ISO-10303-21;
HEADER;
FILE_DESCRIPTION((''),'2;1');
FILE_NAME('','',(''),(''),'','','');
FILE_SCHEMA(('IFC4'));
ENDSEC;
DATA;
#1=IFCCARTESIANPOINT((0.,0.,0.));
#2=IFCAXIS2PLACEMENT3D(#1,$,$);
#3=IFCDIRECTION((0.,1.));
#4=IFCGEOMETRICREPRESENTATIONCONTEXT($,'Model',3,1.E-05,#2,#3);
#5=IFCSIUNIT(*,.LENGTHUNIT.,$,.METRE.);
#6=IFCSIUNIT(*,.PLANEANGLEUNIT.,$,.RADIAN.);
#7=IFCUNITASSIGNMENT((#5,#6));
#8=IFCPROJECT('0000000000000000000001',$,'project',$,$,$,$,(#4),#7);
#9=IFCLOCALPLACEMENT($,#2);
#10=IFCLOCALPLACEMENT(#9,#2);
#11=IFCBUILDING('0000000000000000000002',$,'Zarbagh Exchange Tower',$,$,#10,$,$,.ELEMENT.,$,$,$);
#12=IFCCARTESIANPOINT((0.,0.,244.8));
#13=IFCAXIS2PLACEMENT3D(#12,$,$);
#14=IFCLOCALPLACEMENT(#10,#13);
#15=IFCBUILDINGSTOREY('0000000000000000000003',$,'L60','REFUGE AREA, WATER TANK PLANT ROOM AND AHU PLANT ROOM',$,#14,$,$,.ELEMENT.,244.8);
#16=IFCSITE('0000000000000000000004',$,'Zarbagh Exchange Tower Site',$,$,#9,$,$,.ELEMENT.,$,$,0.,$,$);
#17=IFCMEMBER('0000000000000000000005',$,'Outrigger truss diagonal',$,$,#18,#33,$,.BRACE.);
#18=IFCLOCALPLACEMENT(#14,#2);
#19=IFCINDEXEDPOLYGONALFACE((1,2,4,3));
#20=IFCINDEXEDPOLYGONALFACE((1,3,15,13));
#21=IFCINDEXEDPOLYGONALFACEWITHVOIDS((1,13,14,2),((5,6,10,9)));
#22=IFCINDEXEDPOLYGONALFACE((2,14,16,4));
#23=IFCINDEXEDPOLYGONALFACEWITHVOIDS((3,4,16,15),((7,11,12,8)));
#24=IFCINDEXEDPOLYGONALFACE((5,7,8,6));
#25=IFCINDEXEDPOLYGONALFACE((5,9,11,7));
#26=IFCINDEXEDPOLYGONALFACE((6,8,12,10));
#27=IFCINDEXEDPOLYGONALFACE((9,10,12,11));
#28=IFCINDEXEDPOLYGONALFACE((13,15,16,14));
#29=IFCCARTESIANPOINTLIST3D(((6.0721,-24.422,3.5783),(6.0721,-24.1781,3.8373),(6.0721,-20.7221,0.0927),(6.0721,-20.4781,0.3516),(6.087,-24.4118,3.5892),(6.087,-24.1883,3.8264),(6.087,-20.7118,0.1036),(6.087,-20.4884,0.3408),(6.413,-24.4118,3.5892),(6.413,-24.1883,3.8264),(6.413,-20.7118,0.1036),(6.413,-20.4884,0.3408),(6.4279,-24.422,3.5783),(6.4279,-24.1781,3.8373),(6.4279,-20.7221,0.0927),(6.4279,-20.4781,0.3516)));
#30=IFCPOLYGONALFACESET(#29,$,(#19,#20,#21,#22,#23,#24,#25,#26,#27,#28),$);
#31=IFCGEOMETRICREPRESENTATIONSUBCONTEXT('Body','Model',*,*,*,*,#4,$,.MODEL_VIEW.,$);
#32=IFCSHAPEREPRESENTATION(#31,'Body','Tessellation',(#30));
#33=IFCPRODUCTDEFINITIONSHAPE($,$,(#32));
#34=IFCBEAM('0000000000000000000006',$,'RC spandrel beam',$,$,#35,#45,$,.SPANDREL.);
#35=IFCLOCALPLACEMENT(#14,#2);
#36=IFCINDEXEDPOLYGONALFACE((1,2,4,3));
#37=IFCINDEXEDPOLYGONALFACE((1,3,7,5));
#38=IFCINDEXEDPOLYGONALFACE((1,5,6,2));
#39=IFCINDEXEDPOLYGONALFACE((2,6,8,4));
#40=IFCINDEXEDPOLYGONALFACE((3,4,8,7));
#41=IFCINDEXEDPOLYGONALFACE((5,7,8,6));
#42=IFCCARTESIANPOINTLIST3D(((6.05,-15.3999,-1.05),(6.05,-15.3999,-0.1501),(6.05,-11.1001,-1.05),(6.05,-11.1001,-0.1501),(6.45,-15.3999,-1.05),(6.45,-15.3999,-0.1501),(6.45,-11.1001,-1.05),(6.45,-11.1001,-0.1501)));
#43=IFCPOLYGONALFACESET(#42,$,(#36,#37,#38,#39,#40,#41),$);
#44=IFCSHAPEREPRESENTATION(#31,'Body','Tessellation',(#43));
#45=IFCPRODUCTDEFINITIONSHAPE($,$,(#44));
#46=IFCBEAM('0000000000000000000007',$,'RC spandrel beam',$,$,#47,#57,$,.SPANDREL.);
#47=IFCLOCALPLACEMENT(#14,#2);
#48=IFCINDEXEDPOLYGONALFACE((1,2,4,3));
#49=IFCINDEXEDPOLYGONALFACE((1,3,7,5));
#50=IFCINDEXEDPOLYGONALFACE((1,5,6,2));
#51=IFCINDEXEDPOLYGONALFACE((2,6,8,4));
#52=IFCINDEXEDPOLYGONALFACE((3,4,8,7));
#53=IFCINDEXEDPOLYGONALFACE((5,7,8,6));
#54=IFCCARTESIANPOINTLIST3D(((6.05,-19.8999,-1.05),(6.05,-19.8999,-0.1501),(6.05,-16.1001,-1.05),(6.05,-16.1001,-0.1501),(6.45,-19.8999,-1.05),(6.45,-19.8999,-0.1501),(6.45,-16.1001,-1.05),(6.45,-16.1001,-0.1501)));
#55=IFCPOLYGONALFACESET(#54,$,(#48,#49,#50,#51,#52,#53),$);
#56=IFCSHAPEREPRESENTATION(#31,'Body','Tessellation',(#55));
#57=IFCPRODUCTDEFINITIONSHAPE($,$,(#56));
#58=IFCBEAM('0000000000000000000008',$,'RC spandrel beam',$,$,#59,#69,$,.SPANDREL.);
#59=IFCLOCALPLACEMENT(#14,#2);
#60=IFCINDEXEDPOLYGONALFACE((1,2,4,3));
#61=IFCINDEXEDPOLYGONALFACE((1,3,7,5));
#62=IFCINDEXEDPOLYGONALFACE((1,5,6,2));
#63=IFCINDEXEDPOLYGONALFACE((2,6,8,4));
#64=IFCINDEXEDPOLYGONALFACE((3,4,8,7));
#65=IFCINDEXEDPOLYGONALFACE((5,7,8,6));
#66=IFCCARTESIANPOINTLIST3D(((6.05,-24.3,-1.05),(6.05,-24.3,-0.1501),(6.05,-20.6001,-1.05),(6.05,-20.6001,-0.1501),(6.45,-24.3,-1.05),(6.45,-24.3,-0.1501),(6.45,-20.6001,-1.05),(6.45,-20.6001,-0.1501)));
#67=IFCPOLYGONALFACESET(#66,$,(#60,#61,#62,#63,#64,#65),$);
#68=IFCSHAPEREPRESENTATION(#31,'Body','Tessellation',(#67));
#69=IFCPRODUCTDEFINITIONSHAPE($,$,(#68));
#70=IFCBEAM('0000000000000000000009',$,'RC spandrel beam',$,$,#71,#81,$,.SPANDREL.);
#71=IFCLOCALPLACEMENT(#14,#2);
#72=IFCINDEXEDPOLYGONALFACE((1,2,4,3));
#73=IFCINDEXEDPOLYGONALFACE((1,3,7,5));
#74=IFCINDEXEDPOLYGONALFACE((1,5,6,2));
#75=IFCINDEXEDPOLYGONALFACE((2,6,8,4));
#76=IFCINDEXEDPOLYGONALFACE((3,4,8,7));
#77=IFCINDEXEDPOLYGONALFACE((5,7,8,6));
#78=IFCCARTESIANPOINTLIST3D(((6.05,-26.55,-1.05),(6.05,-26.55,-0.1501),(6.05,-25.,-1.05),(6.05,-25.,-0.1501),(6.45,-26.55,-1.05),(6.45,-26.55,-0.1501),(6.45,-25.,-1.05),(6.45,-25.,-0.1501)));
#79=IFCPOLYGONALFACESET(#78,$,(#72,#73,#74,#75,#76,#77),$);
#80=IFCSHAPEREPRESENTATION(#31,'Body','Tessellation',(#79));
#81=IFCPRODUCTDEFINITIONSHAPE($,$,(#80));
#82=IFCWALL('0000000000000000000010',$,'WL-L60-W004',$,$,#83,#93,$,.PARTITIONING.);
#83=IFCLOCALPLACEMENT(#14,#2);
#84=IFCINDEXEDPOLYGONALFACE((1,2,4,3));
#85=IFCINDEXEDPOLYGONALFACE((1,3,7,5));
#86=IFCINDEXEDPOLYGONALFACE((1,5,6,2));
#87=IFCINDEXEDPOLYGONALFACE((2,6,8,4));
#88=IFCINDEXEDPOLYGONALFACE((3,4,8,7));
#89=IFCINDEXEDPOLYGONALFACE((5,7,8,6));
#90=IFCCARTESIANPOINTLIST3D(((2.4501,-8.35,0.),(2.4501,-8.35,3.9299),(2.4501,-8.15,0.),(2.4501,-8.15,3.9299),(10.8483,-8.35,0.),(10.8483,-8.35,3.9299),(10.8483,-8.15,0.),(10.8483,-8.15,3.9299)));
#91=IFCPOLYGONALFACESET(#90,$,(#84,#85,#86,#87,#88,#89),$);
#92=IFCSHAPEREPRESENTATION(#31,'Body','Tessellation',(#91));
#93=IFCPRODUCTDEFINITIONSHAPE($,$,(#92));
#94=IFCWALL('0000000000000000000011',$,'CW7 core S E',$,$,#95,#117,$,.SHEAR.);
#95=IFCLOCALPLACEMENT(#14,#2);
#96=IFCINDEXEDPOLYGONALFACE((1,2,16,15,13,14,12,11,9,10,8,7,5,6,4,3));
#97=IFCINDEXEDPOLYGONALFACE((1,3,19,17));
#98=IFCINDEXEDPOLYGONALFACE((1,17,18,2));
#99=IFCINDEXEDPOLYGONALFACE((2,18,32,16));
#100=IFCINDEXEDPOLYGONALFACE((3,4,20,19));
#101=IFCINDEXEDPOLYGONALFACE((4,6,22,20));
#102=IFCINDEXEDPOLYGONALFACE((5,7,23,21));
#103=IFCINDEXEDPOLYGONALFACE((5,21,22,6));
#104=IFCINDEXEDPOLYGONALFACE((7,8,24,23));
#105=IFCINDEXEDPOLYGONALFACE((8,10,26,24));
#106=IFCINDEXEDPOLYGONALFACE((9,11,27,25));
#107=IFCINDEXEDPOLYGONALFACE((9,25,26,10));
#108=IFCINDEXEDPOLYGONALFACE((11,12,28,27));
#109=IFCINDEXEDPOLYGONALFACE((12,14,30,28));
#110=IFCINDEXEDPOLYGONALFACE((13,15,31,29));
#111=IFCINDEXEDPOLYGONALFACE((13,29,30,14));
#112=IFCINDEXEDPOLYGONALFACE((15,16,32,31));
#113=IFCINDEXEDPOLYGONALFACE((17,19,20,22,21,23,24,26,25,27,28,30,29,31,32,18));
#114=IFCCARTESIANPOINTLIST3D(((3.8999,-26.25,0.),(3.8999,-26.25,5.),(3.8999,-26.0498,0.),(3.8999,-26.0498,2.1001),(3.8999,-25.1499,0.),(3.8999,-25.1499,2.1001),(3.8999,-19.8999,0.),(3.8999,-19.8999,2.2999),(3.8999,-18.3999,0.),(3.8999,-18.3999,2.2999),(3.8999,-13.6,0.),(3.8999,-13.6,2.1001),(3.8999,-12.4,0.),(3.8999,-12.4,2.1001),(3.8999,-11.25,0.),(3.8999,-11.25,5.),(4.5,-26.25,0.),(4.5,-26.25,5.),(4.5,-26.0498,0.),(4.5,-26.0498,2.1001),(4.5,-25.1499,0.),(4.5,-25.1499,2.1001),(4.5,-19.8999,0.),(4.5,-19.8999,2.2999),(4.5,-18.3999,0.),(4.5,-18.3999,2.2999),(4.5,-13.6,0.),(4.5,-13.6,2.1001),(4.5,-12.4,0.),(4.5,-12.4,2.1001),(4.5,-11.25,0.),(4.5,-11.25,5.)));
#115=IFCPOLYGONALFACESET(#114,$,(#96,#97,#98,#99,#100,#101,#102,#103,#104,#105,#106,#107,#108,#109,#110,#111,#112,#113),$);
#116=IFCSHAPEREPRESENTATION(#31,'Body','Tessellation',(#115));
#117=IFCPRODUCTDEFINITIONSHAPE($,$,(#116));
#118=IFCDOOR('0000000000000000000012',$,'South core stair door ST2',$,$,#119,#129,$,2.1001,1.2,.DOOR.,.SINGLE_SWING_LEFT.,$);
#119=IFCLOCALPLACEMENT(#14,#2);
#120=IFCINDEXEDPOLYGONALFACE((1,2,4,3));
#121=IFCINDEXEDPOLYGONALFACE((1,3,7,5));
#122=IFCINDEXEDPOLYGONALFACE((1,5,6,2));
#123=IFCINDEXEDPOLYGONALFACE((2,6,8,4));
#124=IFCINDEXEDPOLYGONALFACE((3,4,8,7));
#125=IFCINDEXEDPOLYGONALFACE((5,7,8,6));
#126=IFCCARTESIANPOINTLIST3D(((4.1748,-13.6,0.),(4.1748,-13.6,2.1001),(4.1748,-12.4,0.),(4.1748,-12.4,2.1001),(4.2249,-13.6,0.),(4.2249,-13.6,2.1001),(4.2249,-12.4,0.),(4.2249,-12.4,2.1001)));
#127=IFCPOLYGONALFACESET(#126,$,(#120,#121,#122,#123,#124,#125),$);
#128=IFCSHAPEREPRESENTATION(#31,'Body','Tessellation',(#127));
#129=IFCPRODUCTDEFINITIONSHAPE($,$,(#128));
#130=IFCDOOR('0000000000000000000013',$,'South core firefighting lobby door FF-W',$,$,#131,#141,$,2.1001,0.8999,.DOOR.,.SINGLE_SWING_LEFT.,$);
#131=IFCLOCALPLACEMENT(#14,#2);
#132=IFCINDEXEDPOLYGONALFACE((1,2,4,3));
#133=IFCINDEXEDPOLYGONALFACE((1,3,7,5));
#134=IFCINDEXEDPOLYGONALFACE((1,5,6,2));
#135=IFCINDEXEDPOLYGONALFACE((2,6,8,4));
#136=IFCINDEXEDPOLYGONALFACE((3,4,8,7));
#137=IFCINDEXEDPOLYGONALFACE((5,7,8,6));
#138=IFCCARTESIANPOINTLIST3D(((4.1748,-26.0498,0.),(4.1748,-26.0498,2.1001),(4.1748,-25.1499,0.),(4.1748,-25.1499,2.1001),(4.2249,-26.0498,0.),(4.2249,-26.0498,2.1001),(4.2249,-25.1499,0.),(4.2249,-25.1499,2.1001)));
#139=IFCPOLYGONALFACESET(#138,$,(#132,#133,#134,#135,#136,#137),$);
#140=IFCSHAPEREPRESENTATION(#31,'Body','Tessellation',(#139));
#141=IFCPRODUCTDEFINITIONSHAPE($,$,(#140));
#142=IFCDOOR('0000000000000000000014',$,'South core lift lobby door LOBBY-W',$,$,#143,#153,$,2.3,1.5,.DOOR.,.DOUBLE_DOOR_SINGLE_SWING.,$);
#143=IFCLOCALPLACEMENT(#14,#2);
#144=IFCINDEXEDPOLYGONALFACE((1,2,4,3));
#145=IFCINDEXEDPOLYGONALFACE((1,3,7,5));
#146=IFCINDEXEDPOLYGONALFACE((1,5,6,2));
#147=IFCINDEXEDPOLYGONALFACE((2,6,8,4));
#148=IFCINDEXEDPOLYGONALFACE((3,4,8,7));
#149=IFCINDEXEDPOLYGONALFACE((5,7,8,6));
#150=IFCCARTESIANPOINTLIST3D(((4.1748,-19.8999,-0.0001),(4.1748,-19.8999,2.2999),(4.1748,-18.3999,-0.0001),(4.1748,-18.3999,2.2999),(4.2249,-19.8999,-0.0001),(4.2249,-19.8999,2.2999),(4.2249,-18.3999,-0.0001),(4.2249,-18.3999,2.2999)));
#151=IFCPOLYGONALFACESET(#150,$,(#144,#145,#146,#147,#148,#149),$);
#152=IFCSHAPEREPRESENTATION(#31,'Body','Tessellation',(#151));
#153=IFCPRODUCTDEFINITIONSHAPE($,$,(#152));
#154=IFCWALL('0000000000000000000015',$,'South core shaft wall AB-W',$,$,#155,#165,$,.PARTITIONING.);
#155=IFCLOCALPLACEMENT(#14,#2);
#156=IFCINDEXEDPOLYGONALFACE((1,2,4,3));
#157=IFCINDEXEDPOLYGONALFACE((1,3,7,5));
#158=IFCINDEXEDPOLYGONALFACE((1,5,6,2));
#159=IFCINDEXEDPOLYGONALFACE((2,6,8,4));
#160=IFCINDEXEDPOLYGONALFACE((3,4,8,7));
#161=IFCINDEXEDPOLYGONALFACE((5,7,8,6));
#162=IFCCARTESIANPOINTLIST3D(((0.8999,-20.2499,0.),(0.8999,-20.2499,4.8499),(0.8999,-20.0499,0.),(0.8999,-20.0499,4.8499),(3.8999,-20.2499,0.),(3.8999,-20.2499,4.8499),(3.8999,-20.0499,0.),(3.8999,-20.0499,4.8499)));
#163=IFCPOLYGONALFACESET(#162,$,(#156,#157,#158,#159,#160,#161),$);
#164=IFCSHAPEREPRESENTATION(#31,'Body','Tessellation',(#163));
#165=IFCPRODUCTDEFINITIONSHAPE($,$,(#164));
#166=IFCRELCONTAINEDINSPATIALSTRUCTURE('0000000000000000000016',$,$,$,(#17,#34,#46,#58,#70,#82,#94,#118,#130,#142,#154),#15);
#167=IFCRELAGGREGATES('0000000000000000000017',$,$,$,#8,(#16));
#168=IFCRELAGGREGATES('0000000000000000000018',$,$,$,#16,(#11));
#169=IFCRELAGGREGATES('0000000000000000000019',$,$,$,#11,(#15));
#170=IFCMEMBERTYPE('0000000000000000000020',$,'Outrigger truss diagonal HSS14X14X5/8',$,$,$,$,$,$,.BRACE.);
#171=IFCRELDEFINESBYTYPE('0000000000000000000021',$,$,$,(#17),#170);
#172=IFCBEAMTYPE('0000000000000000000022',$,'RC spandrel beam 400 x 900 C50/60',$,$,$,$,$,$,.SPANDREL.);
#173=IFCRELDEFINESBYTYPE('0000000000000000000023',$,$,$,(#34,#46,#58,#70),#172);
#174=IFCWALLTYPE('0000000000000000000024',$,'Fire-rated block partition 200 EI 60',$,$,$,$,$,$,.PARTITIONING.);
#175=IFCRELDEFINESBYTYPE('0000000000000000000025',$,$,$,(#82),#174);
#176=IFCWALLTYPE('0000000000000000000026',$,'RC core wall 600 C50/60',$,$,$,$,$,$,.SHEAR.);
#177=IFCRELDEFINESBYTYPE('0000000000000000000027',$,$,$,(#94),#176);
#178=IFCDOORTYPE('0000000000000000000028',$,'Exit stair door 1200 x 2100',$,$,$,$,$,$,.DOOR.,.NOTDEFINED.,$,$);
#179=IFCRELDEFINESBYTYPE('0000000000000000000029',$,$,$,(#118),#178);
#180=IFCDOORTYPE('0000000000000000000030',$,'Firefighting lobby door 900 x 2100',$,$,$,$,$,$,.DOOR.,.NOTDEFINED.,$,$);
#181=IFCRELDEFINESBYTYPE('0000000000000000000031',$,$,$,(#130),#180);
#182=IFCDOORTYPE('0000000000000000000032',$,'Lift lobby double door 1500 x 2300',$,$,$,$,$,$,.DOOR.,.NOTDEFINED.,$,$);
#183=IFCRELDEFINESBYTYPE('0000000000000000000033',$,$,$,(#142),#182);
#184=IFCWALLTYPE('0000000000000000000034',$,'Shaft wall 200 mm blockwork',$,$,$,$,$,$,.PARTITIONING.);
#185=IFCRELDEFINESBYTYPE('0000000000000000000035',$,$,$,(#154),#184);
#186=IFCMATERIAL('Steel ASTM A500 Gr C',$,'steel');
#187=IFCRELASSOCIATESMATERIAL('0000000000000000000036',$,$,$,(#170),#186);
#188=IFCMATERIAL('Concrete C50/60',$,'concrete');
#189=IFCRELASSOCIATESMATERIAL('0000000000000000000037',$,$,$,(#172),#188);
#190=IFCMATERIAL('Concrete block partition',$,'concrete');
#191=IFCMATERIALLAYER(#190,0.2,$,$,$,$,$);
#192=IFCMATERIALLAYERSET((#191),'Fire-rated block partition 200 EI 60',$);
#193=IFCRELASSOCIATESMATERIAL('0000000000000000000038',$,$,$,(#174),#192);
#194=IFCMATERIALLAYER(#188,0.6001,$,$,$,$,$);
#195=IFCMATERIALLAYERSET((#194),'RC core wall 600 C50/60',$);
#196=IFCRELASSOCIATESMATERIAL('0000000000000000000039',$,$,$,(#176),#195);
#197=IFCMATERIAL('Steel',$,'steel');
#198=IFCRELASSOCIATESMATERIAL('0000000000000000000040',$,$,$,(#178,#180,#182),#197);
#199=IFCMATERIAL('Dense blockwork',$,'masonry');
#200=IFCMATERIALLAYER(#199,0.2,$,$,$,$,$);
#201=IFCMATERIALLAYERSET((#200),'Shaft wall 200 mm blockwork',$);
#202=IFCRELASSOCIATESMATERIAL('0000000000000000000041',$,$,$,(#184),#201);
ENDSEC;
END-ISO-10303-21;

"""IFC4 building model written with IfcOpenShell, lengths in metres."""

from ifc_helpers import new_model, si_unit, direction, frame, frame_2d, origin, origin_2d, place, context, subcontext, project, spatial, rectangle, hollow_rectangle, extrude, material, layer, layer_set, material_profile, profile_set, type_object, element, fill, save


model = new_model("IFC4")

# Units and contexts
model_context = context("Model", 3, precision=1e-05, world=origin(), true_north=direction((0.0, 1.0)))
body_context = subcontext(model_context, "Body", "Model", "MODEL_VIEW")
ifc_project = project(units=[si_unit("LENGTHUNIT", "METRE"), si_unit("PLANEANGLEUNIT", "RADIAN")], contexts=[model_context])

# Site, building, storey
site_placement = place(None, origin())
site = spatial("IfcSite", under=ifc_project, at=site_placement, Name="Zarbagh Exchange Tower Site", CompositionType="ELEMENT", RefElevation=0.0)
building_placement = place(site_placement, origin())
building = spatial("IfcBuilding", under=site, at=building_placement, Name="Zarbagh Exchange Tower", CompositionType="ELEMENT")
storey_placement = place(building_placement, frame((0.0, 0.0, 244.8)))
storey = spatial("IfcBuildingStorey", under=building, at=storey_placement, Name="L60", Description="REFUGE AREA, WATER TANK PLANT ROOM AND AHU PLANT ROOM", CompositionType="ELEMENT", Elevation=244.8)

# Shared definitions
ifc_material_1 = material(Name="Concrete C50/60", Category="concrete")

# Member
ifc_material_2 = material(Name="Steel ASTM A500 Gr C", Category="steel")
ifc_material_profile_1 = material_profile(ifc_material_2, hollow_rectangle(XDim=0.3557, YDim=0.3557, WallThickness=0.0149, at=origin_2d()), Name="HSS14X14X5/8")
ifc_profile_set_1 = profile_set([ifc_material_profile_1], Name="Steel ASTM A500 Gr C")
member_type_1 = type_object("IfcMemberType", Name="Outrigger truss diagonal HSS14X14X5/8", PredefinedType="BRACE", material=ifc_profile_set_1)
member_placement = place(storey_placement, frame((6.25, -20.6001, 0.2222), z_axis=(0.0, -0.727877, 0.685708), x_axis=(1.0, 0.0, 0.0)))
element("IfcMember", 1, at=member_placement, inside=storey, type_object=member_type_1, Name="Outrigger truss diagonal", PredefinedType="BRACE", context=body_context, shape_type="SweptSolid", body=[
    extrude(hollow_rectangle(XDim=0.3557, YDim=0.3557, WallThickness=0.0149, at=origin_2d()), origin(), (0.0, 0.0, 1.0), 5.0833),
])

# Beams
ifc_material_profile_2 = material_profile(ifc_material_1, rectangle(XDim=0.3999, YDim=0.8999, at=origin_2d()), Name="RC spandrel beam 400 x 900 C50/60")
ifc_profile_set_2 = profile_set([ifc_material_profile_2], Name="Concrete C50/60")
beam_type_1 = type_object("IfcBeamType", Name="RC spandrel beam 400 x 900 C50/60", PredefinedType="SPANDREL", material=ifc_profile_set_2)
beam_1_placement = place(storey_placement, frame((6.25, -11.1001, -0.6001), z_axis=(0.0, -1.0, 0.0), x_axis=(1.0, 0.0, 0.0)))
element("IfcBeam", 2, at=beam_1_placement, inside=storey, type_object=beam_type_1, Name="RC spandrel beam", PredefinedType="SPANDREL", context=body_context, shape_type="SweptSolid", body=[
    extrude(rectangle(XDim=0.3999, YDim=0.8999, at=origin_2d()), origin(), (0.0, 0.0, 1.0), 4.2998),
])
beam_2_placement = place(storey_placement, frame((6.25, -16.1001, -0.6001), z_axis=(0.0, -1.0, 0.0), x_axis=(1.0, 0.0, 0.0)))
element("IfcBeam", 3, at=beam_2_placement, inside=storey, type_object=beam_type_1, Name="RC spandrel beam", PredefinedType="SPANDREL", context=body_context, shape_type="SweptSolid", body=[
    extrude(rectangle(XDim=0.3999, YDim=0.8999, at=origin_2d()), origin(), (0.0, 0.0, 1.0), 3.7998),
])
beam_3_placement = place(storey_placement, frame((6.25, -20.6001, -0.6001), z_axis=(0.0, -1.0, 0.0), x_axis=(1.0, 0.0, 0.0)))
element("IfcBeam", 4, at=beam_3_placement, inside=storey, type_object=beam_type_1, Name="RC spandrel beam", PredefinedType="SPANDREL", context=body_context, shape_type="SweptSolid", body=[
    extrude(rectangle(XDim=0.3999, YDim=0.8999, at=origin_2d()), origin(), (0.0, 0.0, 1.0), 3.7),
])
beam_4_placement = place(storey_placement, frame((6.25, -25.0, -0.6001), z_axis=(0.0, -1.0, 0.0), x_axis=(1.0, 0.0, 0.0)))
element("IfcBeam", 5, at=beam_4_placement, inside=storey, type_object=beam_type_1, Name="RC spandrel beam", PredefinedType="SPANDREL", context=body_context, shape_type="SweptSolid", body=[
    extrude(rectangle(XDim=0.3999, YDim=0.8999, at=origin_2d()), origin(), (0.0, 0.0, 1.0), 1.55),
])

# Wall
ifc_material_3 = material(Name="Concrete block partition", Category="concrete")
ifc_layer_1 = layer(ifc_material_3, 0.2)
ifc_layer_set_1 = layer_set([ifc_layer_1], Name="Fire-rated block partition 200 EI 60")
wall_type_1 = type_object("IfcWallType", Name="Fire-rated block partition 200 EI 60", PredefinedType="PARTITIONING", material=ifc_layer_set_1)
wall_1_placement = place(storey_placement, frame((2.45, -8.25, 0.0), z_axis=(0.0, 0.0, 1.0), x_axis=(1.0, 0.0, 0.0)))
element("IfcWall", 6, at=wall_1_placement, inside=storey, type_object=wall_type_1, Name="WL-L60-W004", PredefinedType="PARTITIONING", context=body_context, shape_type="SweptSolid", body=[
    extrude(rectangle(XDim=8.3982, YDim=0.2, at=frame_2d((4.1992, 0.0))), origin(), (0.0, 0.0, 1.0), 3.9299),
])

# Wall, openings, doors
ifc_layer_2 = layer(ifc_material_1, 0.6001)
ifc_layer_set_2 = layer_set([ifc_layer_2], Name="RC core wall 600 C50/60")
wall_type_2 = type_object("IfcWallType", Name="RC core wall 600 C50/60", PredefinedType="SHEAR", material=ifc_layer_set_2)
wall_2_placement = place(storey_placement, frame((4.2, -11.25, 0.0), z_axis=(0.0, 0.0, 1.0), x_axis=(0.0, -1.0, 0.0)))
wall_2 = element("IfcWall", 7, at=wall_2_placement, inside=storey, type_object=wall_type_2, Name="CW7 core S E", PredefinedType="SHEAR", context=body_context, shape_type="SweptSolid", body=[
    extrude(rectangle(XDim=15.0, YDim=0.6001, at=frame_2d((7.5, 0.0))), origin(), (0.0, 0.0, 1.0), 5.0),
])
opening_1_placement = place(wall_2_placement, frame((7.1499, 0.0, 0.0)))
opening_1 = element("IfcOpeningElement", 8, at=opening_1_placement, cuts=wall_2, PredefinedType="OPENING", context=body_context, shape_type="SweptSolid", body=[
    extrude(rectangle(XDim=1.5, YDim=2.3, at=frame_2d((0.75, 1.1499))), frame((0.0, 0.3101, 0.0), z_axis=(0.0, -1.0, 0.0), x_axis=(1.0, 0.0, 0.0)), (0.0, 0.0, 1.0), 0.6201),
])
opening_2_placement = place(wall_2_placement, frame((13.8999, 0.0, 0.0)))
opening_2 = element("IfcOpeningElement", 9, at=opening_2_placement, cuts=wall_2, PredefinedType="OPENING", context=body_context, shape_type="SweptSolid", body=[
    extrude(rectangle(XDim=0.8999, YDim=2.1001, at=frame_2d((0.45, 1.05))), frame((0.0, 0.3101, 0.0), z_axis=(0.0, -1.0, 0.0), x_axis=(1.0, 0.0, 0.0)), (0.0, 0.0, 1.0), 0.6201),
])
opening_3_placement = place(wall_2_placement, frame((1.1499, 0.0, 0.0)))
opening_3 = element("IfcOpeningElement", 10, at=opening_3_placement, cuts=wall_2, PredefinedType="OPENING", context=body_context, shape_type="SweptSolid", body=[
    extrude(rectangle(XDim=1.2, YDim=2.1001, at=frame_2d((0.6001, 1.05))), frame((0.0, 0.3101, 0.0), z_axis=(0.0, -1.0, 0.0), x_axis=(1.0, 0.0, 0.0)), (0.0, 0.0, 1.0), 0.6201),
])
ifc_material_4 = material(Name="Steel", Category="steel")
door_type_1 = type_object("IfcDoorType", Name="Exit stair door 1200 x 2100", OperationType="NOTDEFINED", PredefinedType="DOOR", material=ifc_material_4)
door_1_placement = place(opening_3_placement, origin())
door_1 = element("IfcDoor", 11, at=door_1_placement, inside=storey, type_object=door_type_1, Name="South core stair door ST2", OperationType="SINGLE_SWING_LEFT", OverallHeight=2.1001, OverallWidth=1.2, PredefinedType="DOOR", context=body_context, shape_type="SweptSolid", body=[
    extrude(rectangle(XDim=1.2, YDim=2.1001, at=frame_2d((0.6001, 1.05))), frame((0.0, 0.0249, 0.0), z_axis=(0.0, -1.0, 0.0), x_axis=(1.0, 0.0, 0.0)), (0.0, 0.0, 1.0), 0.05),
])
fill(opening_3, door_1)
door_type_2 = type_object("IfcDoorType", Name="Firefighting lobby door 900 x 2100", OperationType="NOTDEFINED", PredefinedType="DOOR", material=ifc_material_4)
door_2_placement = place(opening_2_placement, origin())
door_2 = element("IfcDoor", 12, at=door_2_placement, inside=storey, type_object=door_type_2, Name="South core firefighting lobby door FF-W", OperationType="SINGLE_SWING_LEFT", OverallHeight=2.1001, OverallWidth=0.8999, PredefinedType="DOOR", context=body_context, shape_type="SweptSolid", body=[
    extrude(rectangle(XDim=0.8999, YDim=2.1001, at=frame_2d((0.45, 1.05))), frame((0.0, 0.0249, 0.0), z_axis=(0.0, -1.0, 0.0), x_axis=(1.0, 0.0, 0.0)), (0.0, 0.0, 1.0), 0.05),
])
fill(opening_2, door_2)
door_type_3 = type_object("IfcDoorType", Name="Lift lobby double door 1500 x 2300", OperationType="NOTDEFINED", PredefinedType="DOOR", material=ifc_material_4)
door_3_placement = place(opening_1_placement, origin())
door_3 = element("IfcDoor", 13, at=door_3_placement, inside=storey, type_object=door_type_3, Name="South core lift lobby door LOBBY-W", OperationType="DOUBLE_DOOR_SINGLE_SWING", OverallHeight=2.3, OverallWidth=1.5, PredefinedType="DOOR", context=body_context, shape_type="SweptSolid", body=[
    extrude(rectangle(XDim=1.5, YDim=2.3, at=frame_2d((0.75, 1.1499))), frame((0.0, 0.0249, 0.0), z_axis=(0.0, -1.0, 0.0), x_axis=(1.0, 0.0, 0.0)), (0.0, 0.0, 1.0), 0.05),
])
fill(opening_1, door_3)

# Wall
ifc_material_5 = material(Name="Dense blockwork", Category="masonry")
ifc_layer_3 = layer(ifc_material_5, 0.2)
ifc_layer_set_3 = layer_set([ifc_layer_3], Name="Shaft wall 200 mm blockwork")
wall_type_3 = type_object("IfcWallType", Name="Shaft wall 200 mm blockwork", PredefinedType="PARTITIONING", material=ifc_layer_set_3)
wall_3_placement = place(storey_placement, frame((3.8999, -20.1499, 0.0), z_axis=(0.0, 0.0, 1.0), x_axis=(-1.0, 0.0, 0.0)))
element("IfcWall", 14, at=wall_3_placement, inside=storey, type_object=wall_type_3, Name="South core shaft wall AB-W", PredefinedType="PARTITIONING", context=body_context, shape_type="SweptSolid", body=[
    extrude(rectangle(XDim=3.0, YDim=0.2, at=frame_2d((1.5, 0.0))), origin(), (0.0, 0.0, 1.0), 4.8499),
])

save(model, "model.ifc")
